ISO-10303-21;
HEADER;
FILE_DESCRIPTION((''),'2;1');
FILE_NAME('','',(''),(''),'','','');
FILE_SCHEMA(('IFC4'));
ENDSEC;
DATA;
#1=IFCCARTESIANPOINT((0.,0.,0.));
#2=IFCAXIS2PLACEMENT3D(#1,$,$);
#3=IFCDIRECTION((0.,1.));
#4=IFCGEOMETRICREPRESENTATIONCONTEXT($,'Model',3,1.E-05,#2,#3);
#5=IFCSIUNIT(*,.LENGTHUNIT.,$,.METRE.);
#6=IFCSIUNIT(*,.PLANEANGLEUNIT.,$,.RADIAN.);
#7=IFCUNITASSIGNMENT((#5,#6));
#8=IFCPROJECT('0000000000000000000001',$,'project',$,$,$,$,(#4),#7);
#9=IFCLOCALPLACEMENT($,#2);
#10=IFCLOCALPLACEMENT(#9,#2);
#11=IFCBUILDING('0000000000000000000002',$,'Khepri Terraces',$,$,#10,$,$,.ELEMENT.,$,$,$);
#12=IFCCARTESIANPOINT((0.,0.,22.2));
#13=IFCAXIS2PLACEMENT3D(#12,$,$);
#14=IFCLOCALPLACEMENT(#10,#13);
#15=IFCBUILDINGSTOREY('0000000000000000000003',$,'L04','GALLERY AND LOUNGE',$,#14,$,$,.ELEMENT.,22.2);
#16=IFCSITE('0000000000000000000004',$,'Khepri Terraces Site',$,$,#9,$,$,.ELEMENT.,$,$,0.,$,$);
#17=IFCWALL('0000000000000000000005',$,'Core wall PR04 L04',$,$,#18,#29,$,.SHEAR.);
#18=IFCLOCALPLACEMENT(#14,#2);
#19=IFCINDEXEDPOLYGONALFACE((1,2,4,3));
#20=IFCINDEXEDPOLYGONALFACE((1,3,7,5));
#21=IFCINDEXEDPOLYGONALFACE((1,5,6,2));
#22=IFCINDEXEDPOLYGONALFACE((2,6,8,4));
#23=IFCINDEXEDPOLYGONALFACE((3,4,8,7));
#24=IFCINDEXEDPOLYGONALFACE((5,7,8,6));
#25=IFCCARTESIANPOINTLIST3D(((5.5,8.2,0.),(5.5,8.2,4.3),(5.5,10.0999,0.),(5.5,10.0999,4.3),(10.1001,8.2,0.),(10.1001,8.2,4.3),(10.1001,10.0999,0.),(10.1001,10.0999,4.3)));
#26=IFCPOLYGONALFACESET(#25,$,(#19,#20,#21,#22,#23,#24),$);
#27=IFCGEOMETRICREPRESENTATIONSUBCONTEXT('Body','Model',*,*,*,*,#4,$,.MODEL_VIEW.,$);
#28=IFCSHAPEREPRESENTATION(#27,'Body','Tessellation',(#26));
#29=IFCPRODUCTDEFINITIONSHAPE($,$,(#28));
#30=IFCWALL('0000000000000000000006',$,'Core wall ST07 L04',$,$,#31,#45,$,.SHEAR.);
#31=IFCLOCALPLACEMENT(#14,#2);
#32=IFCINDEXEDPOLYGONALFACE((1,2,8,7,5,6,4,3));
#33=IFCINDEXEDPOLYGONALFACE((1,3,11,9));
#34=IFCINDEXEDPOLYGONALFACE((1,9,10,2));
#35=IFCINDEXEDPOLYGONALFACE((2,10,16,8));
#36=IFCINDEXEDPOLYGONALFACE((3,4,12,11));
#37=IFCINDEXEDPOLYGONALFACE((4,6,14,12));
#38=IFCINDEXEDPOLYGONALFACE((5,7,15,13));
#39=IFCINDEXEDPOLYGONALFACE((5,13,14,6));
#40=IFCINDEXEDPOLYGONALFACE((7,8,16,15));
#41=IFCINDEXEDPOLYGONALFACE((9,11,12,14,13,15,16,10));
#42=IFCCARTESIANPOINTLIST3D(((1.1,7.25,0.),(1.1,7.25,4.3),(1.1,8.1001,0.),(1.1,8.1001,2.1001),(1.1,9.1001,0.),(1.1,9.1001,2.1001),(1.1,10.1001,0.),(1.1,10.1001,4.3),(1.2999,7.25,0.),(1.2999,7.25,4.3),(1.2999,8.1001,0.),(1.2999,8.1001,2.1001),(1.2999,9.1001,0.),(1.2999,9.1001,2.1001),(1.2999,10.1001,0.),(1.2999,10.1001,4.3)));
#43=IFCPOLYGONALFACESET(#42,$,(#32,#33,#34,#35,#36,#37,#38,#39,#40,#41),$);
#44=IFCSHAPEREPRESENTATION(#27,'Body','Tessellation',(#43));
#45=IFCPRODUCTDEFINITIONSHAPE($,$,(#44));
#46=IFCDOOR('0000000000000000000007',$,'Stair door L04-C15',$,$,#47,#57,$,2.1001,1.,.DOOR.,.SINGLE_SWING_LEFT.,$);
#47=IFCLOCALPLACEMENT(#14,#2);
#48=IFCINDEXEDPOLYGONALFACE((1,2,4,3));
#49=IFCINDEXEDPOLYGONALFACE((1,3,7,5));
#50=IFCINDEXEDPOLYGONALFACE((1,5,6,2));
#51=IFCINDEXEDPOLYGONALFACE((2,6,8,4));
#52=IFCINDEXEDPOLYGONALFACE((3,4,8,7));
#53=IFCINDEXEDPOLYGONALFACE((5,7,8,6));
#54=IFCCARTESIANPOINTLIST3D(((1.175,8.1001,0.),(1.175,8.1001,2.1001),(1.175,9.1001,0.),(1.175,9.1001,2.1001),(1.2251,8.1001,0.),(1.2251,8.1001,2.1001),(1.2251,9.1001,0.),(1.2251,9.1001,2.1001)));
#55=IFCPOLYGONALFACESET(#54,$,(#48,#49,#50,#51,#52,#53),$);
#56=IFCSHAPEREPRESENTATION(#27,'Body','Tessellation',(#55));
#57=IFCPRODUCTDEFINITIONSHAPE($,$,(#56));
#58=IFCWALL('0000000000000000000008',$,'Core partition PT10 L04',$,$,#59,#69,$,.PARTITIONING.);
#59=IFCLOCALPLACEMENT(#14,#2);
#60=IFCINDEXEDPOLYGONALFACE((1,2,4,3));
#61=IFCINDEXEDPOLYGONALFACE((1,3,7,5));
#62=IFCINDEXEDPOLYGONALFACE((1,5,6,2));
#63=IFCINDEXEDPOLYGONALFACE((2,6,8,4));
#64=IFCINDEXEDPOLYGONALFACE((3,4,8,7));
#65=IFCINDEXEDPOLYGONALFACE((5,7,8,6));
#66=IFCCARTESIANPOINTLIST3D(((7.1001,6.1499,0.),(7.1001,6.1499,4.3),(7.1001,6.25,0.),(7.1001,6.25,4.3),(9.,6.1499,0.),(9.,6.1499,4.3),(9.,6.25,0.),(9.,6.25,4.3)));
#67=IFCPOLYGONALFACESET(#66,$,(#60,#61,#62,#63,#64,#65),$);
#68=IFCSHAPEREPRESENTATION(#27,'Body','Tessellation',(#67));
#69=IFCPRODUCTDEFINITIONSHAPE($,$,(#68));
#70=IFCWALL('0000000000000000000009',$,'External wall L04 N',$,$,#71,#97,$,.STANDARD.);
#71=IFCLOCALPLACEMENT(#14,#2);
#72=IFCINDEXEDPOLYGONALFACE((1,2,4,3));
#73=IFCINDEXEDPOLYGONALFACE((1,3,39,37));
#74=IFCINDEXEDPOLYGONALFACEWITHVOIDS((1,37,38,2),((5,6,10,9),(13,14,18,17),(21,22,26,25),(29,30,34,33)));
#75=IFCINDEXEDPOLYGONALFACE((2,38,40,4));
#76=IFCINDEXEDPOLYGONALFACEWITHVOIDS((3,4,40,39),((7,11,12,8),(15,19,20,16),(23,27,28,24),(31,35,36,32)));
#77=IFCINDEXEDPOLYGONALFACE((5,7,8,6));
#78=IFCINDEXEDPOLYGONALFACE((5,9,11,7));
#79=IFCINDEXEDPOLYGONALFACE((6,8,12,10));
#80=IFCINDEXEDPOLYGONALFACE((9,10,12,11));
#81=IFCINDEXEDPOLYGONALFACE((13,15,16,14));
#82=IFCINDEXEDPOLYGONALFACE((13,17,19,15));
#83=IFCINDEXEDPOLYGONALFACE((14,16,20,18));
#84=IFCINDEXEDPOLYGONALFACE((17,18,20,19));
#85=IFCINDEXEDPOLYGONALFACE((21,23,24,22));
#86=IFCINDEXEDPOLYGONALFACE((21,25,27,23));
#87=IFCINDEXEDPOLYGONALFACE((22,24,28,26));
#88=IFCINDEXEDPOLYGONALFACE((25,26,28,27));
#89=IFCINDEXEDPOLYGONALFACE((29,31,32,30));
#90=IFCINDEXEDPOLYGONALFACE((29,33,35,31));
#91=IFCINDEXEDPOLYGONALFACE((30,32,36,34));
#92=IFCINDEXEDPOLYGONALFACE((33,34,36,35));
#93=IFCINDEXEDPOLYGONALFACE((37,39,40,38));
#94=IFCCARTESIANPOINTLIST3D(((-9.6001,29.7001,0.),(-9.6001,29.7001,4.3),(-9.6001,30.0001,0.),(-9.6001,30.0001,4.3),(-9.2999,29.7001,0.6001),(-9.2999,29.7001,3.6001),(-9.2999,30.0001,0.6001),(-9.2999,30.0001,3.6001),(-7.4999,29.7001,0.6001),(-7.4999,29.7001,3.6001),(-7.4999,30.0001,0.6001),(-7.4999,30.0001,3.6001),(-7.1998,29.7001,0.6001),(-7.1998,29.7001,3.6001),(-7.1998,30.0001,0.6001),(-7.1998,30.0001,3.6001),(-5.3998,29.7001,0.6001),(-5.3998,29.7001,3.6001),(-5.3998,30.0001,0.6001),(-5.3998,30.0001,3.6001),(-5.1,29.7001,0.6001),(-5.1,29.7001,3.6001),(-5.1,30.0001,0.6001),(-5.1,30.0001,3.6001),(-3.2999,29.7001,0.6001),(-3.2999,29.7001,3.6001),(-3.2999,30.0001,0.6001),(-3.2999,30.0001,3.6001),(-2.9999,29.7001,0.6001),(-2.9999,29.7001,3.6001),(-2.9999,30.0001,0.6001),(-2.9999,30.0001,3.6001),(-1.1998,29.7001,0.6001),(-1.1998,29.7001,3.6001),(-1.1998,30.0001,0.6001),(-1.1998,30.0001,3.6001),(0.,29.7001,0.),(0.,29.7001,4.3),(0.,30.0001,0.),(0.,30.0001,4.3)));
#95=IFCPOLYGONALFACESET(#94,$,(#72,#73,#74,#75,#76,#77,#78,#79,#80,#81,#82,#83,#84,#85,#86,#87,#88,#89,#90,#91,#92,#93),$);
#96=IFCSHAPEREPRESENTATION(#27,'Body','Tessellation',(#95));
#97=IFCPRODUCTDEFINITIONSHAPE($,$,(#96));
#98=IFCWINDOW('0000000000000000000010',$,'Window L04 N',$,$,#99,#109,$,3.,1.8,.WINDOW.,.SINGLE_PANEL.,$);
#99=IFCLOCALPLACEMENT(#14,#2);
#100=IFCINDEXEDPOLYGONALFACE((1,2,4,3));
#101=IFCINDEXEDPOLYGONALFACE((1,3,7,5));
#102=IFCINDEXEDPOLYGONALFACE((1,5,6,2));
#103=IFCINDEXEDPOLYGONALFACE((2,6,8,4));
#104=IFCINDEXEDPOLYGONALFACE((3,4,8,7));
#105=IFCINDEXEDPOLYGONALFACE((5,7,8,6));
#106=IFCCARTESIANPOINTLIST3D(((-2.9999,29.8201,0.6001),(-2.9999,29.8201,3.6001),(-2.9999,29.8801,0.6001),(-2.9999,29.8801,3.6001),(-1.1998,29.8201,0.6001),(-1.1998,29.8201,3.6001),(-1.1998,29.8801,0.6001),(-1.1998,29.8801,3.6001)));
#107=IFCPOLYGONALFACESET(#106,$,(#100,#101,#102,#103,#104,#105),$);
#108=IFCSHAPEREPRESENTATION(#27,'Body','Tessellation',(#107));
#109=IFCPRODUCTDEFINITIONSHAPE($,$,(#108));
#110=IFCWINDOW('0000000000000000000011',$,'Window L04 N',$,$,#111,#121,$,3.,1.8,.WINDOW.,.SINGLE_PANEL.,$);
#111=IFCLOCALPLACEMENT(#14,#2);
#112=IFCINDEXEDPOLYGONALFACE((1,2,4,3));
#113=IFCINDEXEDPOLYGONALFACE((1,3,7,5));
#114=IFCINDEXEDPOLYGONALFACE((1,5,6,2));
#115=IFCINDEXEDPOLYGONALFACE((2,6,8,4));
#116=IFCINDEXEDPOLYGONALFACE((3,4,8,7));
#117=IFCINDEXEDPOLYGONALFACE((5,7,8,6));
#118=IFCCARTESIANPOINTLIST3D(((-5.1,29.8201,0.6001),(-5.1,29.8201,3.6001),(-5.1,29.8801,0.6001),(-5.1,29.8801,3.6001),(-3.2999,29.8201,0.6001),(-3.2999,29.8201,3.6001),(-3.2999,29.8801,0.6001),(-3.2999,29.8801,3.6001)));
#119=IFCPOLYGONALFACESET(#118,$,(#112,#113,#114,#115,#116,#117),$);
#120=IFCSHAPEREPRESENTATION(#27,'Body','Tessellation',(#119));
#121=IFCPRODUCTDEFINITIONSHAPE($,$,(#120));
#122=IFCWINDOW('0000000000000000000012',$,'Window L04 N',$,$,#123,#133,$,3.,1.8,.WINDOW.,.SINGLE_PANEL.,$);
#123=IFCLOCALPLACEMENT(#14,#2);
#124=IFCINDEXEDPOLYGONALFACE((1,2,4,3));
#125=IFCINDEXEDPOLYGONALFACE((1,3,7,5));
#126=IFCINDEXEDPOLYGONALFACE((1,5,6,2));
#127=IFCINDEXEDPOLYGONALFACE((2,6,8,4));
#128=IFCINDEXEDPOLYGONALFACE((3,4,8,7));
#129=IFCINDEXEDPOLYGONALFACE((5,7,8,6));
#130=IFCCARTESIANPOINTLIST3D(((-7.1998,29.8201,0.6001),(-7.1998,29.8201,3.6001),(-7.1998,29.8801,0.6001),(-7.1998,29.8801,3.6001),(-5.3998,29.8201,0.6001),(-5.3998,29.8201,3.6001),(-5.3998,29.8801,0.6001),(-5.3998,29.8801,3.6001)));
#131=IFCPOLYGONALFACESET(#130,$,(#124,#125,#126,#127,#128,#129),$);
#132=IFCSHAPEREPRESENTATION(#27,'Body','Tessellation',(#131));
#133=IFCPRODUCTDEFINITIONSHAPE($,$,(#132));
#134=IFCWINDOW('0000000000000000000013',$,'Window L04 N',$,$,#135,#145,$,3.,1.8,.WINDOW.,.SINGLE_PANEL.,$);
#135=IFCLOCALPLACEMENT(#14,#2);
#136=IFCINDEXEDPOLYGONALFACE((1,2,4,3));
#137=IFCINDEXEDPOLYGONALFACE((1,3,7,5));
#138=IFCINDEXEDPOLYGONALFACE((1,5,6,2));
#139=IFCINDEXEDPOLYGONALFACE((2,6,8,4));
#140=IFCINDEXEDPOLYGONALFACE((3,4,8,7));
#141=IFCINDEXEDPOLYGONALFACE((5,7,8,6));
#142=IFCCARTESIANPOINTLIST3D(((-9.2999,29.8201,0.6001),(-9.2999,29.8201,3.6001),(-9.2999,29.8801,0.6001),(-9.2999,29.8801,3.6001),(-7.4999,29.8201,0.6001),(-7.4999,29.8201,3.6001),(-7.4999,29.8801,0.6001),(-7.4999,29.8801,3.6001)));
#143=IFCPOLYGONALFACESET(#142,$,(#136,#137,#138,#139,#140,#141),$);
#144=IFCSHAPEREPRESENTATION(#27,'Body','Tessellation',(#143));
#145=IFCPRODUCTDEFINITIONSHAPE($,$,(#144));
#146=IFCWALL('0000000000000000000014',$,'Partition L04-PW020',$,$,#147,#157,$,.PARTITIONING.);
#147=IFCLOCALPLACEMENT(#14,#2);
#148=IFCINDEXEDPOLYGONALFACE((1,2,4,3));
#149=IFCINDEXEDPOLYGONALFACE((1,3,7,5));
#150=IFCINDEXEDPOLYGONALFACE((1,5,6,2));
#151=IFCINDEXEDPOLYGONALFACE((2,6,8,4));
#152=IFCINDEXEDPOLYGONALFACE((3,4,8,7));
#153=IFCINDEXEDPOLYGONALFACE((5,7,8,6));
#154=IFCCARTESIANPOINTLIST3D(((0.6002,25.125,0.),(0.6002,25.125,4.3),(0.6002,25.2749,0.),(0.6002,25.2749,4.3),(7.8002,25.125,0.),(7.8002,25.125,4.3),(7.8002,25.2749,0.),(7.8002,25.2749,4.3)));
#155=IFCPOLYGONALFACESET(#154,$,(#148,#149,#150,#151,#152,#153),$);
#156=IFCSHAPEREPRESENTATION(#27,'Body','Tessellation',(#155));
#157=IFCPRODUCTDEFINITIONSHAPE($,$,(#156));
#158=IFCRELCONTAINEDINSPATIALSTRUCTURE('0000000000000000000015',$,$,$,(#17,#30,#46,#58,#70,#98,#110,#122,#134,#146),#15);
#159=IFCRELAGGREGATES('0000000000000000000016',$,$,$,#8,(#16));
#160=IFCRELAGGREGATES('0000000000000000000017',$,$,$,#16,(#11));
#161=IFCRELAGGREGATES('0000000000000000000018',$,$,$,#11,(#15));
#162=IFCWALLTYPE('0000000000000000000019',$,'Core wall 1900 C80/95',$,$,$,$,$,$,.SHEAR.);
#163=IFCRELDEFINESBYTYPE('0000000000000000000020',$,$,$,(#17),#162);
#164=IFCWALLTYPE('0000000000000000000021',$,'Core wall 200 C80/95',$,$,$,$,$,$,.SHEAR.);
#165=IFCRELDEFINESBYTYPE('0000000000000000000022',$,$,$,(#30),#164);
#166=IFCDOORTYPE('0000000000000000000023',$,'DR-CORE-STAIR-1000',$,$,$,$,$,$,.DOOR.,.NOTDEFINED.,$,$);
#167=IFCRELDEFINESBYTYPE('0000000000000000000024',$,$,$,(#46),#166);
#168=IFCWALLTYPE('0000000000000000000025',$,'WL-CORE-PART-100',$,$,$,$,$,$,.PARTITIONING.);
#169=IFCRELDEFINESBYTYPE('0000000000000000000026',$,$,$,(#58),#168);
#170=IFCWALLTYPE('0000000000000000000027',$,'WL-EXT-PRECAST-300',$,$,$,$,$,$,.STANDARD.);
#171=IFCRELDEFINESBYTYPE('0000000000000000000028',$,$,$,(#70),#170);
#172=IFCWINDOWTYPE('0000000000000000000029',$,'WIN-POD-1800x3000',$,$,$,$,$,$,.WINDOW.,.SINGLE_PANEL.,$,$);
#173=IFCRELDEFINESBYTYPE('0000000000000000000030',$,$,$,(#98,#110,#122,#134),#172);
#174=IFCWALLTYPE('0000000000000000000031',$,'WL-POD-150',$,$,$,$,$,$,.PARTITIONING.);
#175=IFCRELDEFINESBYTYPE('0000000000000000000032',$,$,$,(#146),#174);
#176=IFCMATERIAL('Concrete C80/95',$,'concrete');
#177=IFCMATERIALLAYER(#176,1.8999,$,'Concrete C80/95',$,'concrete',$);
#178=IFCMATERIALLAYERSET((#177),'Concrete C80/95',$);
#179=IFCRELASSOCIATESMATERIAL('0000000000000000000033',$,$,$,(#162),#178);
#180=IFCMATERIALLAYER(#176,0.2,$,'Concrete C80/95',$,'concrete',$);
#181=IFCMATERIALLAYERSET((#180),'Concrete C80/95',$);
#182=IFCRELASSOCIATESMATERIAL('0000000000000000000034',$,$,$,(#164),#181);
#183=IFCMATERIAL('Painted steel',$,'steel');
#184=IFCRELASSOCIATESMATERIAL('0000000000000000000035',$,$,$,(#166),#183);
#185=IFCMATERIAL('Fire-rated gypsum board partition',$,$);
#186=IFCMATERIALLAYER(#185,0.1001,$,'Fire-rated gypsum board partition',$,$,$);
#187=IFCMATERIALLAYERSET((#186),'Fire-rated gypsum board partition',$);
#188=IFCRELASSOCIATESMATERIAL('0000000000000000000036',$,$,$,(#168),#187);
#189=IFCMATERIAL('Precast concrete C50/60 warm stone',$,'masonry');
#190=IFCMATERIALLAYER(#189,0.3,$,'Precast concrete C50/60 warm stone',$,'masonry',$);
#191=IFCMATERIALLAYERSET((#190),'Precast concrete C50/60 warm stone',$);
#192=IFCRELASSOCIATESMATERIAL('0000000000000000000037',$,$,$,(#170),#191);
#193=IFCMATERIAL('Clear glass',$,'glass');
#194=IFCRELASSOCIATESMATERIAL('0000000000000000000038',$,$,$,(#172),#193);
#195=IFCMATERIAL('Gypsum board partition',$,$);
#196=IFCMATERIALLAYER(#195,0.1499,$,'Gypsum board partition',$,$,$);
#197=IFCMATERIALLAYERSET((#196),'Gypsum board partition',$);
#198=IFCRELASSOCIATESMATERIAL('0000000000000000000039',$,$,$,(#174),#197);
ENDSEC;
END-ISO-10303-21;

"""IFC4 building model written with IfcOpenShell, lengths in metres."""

from ifc_helpers import new_model, si_unit, direction, frame, frame_2d, origin, place, context, subcontext, project, spatial, rectangle, extrude, material, layer, layer_set, type_object, element, fill, save


model = new_model("IFC4")

# Units and contexts
model_context = context("Model", 3, precision=1e-05, world=origin(), true_north=direction((0.0, 1.0)))
body_context = subcontext(model_context, "Body", "Model", "MODEL_VIEW")
ifc_project = project(units=[si_unit("LENGTHUNIT", "METRE"), si_unit("PLANEANGLEUNIT", "RADIAN")], contexts=[model_context])

# Site, building, storey
site_placement = place(None, origin())
site = spatial("IfcSite", under=ifc_project, at=site_placement, Name="Khepri Terraces Site", CompositionType="ELEMENT", RefElevation=0.0)
building_placement = place(site_placement, origin())
building = spatial("IfcBuilding", under=site, at=building_placement, Name="Khepri Terraces", CompositionType="ELEMENT")
storey_placement = place(building_placement, frame((0.0, 0.0, 22.2)))
storey = spatial("IfcBuildingStorey", under=building, at=storey_placement, Name="L04", Description="GALLERY AND LOUNGE", CompositionType="ELEMENT", Elevation=22.2)

# Shared definitions
ifc_material_1 = material(Name="Concrete C80/95", Category="concrete")

# Shared definitions
ifc_material_2 = material(Name="Clear glass", Category="glass")

# Wall
ifc_layer_1 = layer(ifc_material_1, 1.8999, Name="Concrete C80/95", Category="concrete")
ifc_layer_set_1 = layer_set([ifc_layer_1], Name="Concrete C80/95")
wall_type_1 = type_object("IfcWallType", Name="Core wall 1900 C80/95", PredefinedType="SHEAR", material=ifc_layer_set_1)
wall_1_placement = place(storey_placement, frame((5.5, 9.1499, 0.0), z_axis=(0.0, 0.0, 1.0), x_axis=(1.0, 0.0, 0.0)))
element("IfcWall", 1, at=wall_1_placement, inside=storey, type_object=wall_type_1, Name="Core wall PR04 L04", PredefinedType="SHEAR", context=body_context, shape_type="SweptSolid", body=[
    extrude(rectangle(XDim=4.6001, YDim=1.8999, at=frame_2d((2.3, 0.0))), origin(), (0.0, 0.0, 1.0), 4.3),
])

# Wall, opening, door
ifc_layer_2 = layer(ifc_material_1, 0.2, Name="Concrete C80/95", Category="concrete")
ifc_layer_set_2 = layer_set([ifc_layer_2], Name="Concrete C80/95")
wall_type_2 = type_object("IfcWallType", Name="Core wall 200 C80/95", PredefinedType="SHEAR", material=ifc_layer_set_2)
wall_2_placement = place(storey_placement, frame((1.2, 7.25, 0.0), z_axis=(0.0, 0.0, 1.0), x_axis=(0.0, 1.0, 0.0)))
wall_2 = element("IfcWall", 2, at=wall_2_placement, inside=storey, type_object=wall_type_2, Name="Core wall ST07 L04", PredefinedType="SHEAR", context=body_context, shape_type="SweptSolid", body=[
    extrude(rectangle(XDim=2.8501, YDim=0.2, at=frame_2d((1.425, 0.0))), origin(), (0.0, 0.0, 1.0), 4.3),
])
opening_1_placement = place(wall_2_placement, frame((0.8501, 0.0, 0.0)))
opening_1 = element("IfcOpeningElement", 3, at=opening_1_placement, cuts=wall_2, PredefinedType="OPENING", context=body_context, shape_type="SweptSolid", body=[
    extrude(rectangle(XDim=1.0, YDim=2.1001, at=frame_2d((0.5, 1.05))), frame((0.0, 0.1099, 0.0), z_axis=(0.0, -1.0, 0.0), x_axis=(1.0, 0.0, 0.0)), (0.0, 0.0, 1.0), 0.22),
])
ifc_material_3 = material(Name="Painted steel", Category="steel")
door_type = type_object("IfcDoorType", Name="DR-CORE-STAIR-1000", OperationType="NOTDEFINED", PredefinedType="DOOR", material=ifc_material_3)
door_placement = place(opening_1_placement, origin())
door = element("IfcDoor", 4, at=door_placement, inside=storey, type_object=door_type, Name="Stair door L04-C15", OperationType="SINGLE_SWING_LEFT", OverallHeight=2.1001, OverallWidth=1.0, PredefinedType="DOOR", context=body_context, shape_type="SweptSolid", body=[
    extrude(rectangle(XDim=1.0, YDim=2.1001, at=frame_2d((0.5, 1.05))), frame((0.0, 0.0249, 0.0), z_axis=(0.0, -1.0, 0.0), x_axis=(1.0, 0.0, 0.0)), (0.0, 0.0, 1.0), 0.05),
])
fill(opening_1, door)

# Wall
ifc_material_4 = material(Name="Fire-rated gypsum board partition")
ifc_layer_3 = layer(ifc_material_4, 0.1001, Name="Fire-rated gypsum board partition")
ifc_layer_set_3 = layer_set([ifc_layer_3], Name="Fire-rated gypsum board partition")
wall_type_3 = type_object("IfcWallType", Name="WL-CORE-PART-100", PredefinedType="PARTITIONING", material=ifc_layer_set_3)
wall_3_placement = place(storey_placement, frame((7.1001, 6.2, 0.0), z_axis=(0.0, 0.0, 1.0), x_axis=(1.0, 0.0, 0.0)))
element("IfcWall", 5, at=wall_3_placement, inside=storey, type_object=wall_type_3, Name="Core partition PT10 L04", PredefinedType="PARTITIONING", context=body_context, shape_type="SweptSolid", body=[
    extrude(rectangle(XDim=1.8999, YDim=0.1001, at=frame_2d((0.95, 0.0))), origin(), (0.0, 0.0, 1.0), 4.3),
])

# Wall, openings, windows
ifc_material_5 = material(Name="Precast concrete C50/60 warm stone", Category="masonry")
ifc_layer_4 = layer(ifc_material_5, 0.3, Name="Precast concrete C50/60 warm stone", Category="masonry")
ifc_layer_set_4 = layer_set([ifc_layer_4], Name="Precast concrete C50/60 warm stone")
wall_type_4 = type_object("IfcWallType", Name="WL-EXT-PRECAST-300", PredefinedType="STANDARD", material=ifc_layer_set_4)
wall_4_placement = place(storey_placement, frame((0.0, 29.8501, 0.0), z_axis=(0.0, 0.0, 1.0), x_axis=(-1.0, 0.0, 0.0)))
wall_4 = element("IfcWall", 6, at=wall_4_placement, inside=storey, type_object=wall_type_4, Name="External wall L04 N", PredefinedType="STANDARD", context=body_context, shape_type="SweptSolid", body=[
    extrude(rectangle(XDim=9.6001, YDim=0.3, at=frame_2d((4.8, 0.0))), origin(), (0.0, 0.0, 1.0), 4.3),
])
opening_2_placement = place(wall_4_placement, frame((1.2, 0.0, 0.6001)))
opening_2 = element("IfcOpeningElement", 7, at=opening_2_placement, cuts=wall_4, PredefinedType="OPENING", context=body_context, shape_type="SweptSolid", body=[
    extrude(rectangle(XDim=1.8, YDim=3.0, at=frame_2d((0.8999, 1.5))), frame((0.0, 0.1602, 0.0), z_axis=(0.0, -1.0, 0.0), x_axis=(1.0, 0.0, 0.0)), (0.0, 0.0, 1.0), 0.3201),
])
opening_3_placement = place(wall_4_placement, frame((3.3, 0.0, 0.6001)))
opening_3 = element("IfcOpeningElement", 8, at=opening_3_placement, cuts=wall_4, PredefinedType="OPENING", context=body_context, shape_type="SweptSolid", body=[
    extrude(rectangle(XDim=1.8, YDim=3.0, at=frame_2d((0.8999, 1.5))), frame((0.0, 0.1602, 0.0), z_axis=(0.0, -1.0, 0.0), x_axis=(1.0, 0.0, 0.0)), (0.0, 0.0, 1.0), 0.3201),
])
opening_4_placement = place(wall_4_placement, frame((5.3999, 0.0, 0.6001)))
opening_4 = element("IfcOpeningElement", 9, at=opening_4_placement, cuts=wall_4, PredefinedType="OPENING", context=body_context, shape_type="SweptSolid", body=[
    extrude(rectangle(XDim=1.8, YDim=3.0, at=frame_2d((0.8999, 1.5))), frame((0.0, 0.1602, 0.0), z_axis=(0.0, -1.0, 0.0), x_axis=(1.0, 0.0, 0.0)), (0.0, 0.0, 1.0), 0.3201),
])
opening_5_placement = place(wall_4_placement, frame((7.5, 0.0, 0.6001)))
opening_5 = element("IfcOpeningElement", 10, at=opening_5_placement, cuts=wall_4, PredefinedType="OPENING", context=body_context, shape_type="SweptSolid", body=[
    extrude(rectangle(XDim=1.8, YDim=3.0, at=frame_2d((0.8999, 1.5))), frame((0.0, 0.1602, 0.0), z_axis=(0.0, -1.0, 0.0), x_axis=(1.0, 0.0, 0.0)), (0.0, 0.0, 1.0), 0.3201),
])
window_type = type_object("IfcWindowType", Name="WIN-POD-1800x3000", PartitioningType="SINGLE_PANEL", PredefinedType="WINDOW", material=ifc_material_2)
window_1_placement = place(opening_2_placement, origin())
window_1 = element("IfcWindow", 11, at=window_1_placement, inside=storey, type_object=window_type, Name="Window L04 N", OverallHeight=3.0, OverallWidth=1.8, PartitioningType="SINGLE_PANEL", PredefinedType="WINDOW", context=body_context, shape_type="SweptSolid", body=[
    extrude(rectangle(XDim=1.8, YDim=3.0, at=frame_2d((0.8999, 1.5))), frame((0.0, 0.03, 0.0), z_axis=(0.0, -1.0, 0.0), x_axis=(1.0, 0.0, 0.0)), (0.0, 0.0, 1.0), 0.0601),
])
fill(opening_2, window_1)
window_2_placement = place(opening_3_placement, origin())
window_2 = element("IfcWindow", 12, at=window_2_placement, inside=storey, type_object=window_type, Name="Window L04 N", OverallHeight=3.0, OverallWidth=1.8, PartitioningType="SINGLE_PANEL", PredefinedType="WINDOW", context=body_context, shape_type="SweptSolid", body=[
    extrude(rectangle(XDim=1.8, YDim=3.0, at=frame_2d((0.8999, 1.5))), frame((0.0, 0.03, 0.0), z_axis=(0.0, -1.0, 0.0), x_axis=(1.0, 0.0, 0.0)), (0.0, 0.0, 1.0), 0.0601),
])
fill(opening_3, window_2)
window_3_placement = place(opening_4_placement, origin())
window_3 = element("IfcWindow", 13, at=window_3_placement, inside=storey, type_object=window_type, Name="Window L04 N", OverallHeight=3.0, OverallWidth=1.8, PartitioningType="SINGLE_PANEL", PredefinedType="WINDOW", context=body_context, shape_type="SweptSolid", body=[
    extrude(rectangle(XDim=1.8, YDim=3.0, at=frame_2d((0.8999, 1.5))), frame((0.0, 0.03, 0.0), z_axis=(0.0, -1.0, 0.0), x_axis=(1.0, 0.0, 0.0)), (0.0, 0.0, 1.0), 0.0601),
])
fill(opening_4, window_3)
window_4_placement = place(opening_5_placement, origin())
window_4 = element("IfcWindow", 14, at=window_4_placement, inside=storey, type_object=window_type, Name="Window L04 N", OverallHeight=3.0, OverallWidth=1.8, PartitioningType="SINGLE_PANEL", PredefinedType="WINDOW", context=body_context, shape_type="SweptSolid", body=[
    extrude(rectangle(XDim=1.8, YDim=3.0, at=frame_2d((0.8999, 1.5))), frame((0.0, 0.03, 0.0), z_axis=(0.0, -1.0, 0.0), x_axis=(1.0, 0.0, 0.0)), (0.0, 0.0, 1.0), 0.0601),
])
fill(opening_5, window_4)

# Wall
ifc_material_6 = material(Name="Gypsum board partition")
ifc_layer_5 = layer(ifc_material_6, 0.1499, Name="Gypsum board partition")
ifc_layer_set_5 = layer_set([ifc_layer_5], Name="Gypsum board partition")
wall_type_5 = type_object("IfcWallType", Name="WL-POD-150", PredefinedType="PARTITIONING", material=ifc_layer_set_5)
for number, where, z_axis, x_axis, name in (
    (15, (0.6001, 25.2, 0.0), (0.0, 0.0, 1.0), (1.0, 0.0, 0.0), "Partition L04-PW020"),
):
    element("IfcWall", number, at=place(storey_placement, frame(where, z_axis=z_axis, x_axis=x_axis)), inside=storey, type_object=wall_type_5, Name=name, PredefinedType="PARTITIONING", context=body_context, shape_type="SweptSolid", body=[
        extrude(rectangle(XDim=7.2, YDim=0.1499, at=frame_2d((3.6001, 0.0))), origin(), (0.0, 0.0, 1.0), 4.3),
    ])

save(model, "model.ifc")
